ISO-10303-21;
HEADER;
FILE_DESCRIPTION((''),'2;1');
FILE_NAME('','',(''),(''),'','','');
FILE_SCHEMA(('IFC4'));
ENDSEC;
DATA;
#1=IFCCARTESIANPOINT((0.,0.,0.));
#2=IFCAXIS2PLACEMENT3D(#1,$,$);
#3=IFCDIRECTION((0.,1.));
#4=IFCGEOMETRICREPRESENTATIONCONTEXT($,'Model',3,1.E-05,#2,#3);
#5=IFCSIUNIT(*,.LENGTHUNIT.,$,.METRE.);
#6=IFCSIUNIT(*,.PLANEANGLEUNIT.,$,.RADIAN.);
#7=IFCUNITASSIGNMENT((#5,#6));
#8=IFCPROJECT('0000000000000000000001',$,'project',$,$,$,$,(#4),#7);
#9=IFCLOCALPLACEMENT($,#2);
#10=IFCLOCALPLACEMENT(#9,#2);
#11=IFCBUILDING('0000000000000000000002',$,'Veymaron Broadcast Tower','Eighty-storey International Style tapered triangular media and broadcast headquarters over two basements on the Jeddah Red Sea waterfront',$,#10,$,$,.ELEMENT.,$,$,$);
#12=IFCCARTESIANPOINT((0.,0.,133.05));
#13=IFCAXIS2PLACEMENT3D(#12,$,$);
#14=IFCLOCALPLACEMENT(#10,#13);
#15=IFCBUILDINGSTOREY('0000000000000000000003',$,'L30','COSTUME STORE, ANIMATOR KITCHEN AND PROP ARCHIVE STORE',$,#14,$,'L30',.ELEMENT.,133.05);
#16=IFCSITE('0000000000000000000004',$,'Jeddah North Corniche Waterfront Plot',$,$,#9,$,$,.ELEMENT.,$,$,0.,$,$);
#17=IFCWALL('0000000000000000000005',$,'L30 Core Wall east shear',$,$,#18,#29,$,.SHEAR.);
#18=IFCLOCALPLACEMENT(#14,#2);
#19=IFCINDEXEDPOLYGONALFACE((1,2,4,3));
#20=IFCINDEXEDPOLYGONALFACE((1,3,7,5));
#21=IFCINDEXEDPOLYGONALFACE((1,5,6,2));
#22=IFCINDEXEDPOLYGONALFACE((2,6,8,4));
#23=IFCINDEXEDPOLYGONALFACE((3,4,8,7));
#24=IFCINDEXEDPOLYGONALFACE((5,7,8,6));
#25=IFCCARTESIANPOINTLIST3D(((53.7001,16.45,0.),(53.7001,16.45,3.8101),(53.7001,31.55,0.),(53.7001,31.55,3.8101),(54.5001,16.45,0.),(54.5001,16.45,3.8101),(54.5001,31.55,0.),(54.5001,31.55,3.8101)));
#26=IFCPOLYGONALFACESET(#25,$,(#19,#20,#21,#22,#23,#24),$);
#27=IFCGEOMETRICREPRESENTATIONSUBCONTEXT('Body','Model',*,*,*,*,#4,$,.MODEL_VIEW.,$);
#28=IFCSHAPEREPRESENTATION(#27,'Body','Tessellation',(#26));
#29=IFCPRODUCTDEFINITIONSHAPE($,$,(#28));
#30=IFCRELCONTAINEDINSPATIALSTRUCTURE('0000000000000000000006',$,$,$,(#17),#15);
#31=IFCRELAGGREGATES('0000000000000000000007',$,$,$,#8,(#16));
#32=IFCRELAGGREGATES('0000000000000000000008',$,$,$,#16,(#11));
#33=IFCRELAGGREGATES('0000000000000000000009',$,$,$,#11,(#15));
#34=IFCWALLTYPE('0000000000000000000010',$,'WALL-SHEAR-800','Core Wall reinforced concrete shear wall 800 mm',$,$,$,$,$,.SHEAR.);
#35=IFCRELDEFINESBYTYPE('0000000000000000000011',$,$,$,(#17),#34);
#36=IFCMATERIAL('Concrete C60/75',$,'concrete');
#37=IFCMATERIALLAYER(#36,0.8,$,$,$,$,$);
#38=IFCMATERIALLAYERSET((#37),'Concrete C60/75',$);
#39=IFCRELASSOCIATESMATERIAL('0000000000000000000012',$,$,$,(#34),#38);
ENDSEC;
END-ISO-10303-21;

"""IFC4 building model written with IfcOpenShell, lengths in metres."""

from ifc_helpers import new_model, si_unit, direction, frame, frame_2d, origin, place, context, subcontext, project, spatial, rectangle, extrude, material, layer, layer_set, type_object, element, save


model = new_model("IFC4")

# Units and contexts
model_context = context("Model", 3, precision=1e-05, world=origin(), true_north=direction((0.0, 1.0)))
body_context = subcontext(model_context, "Body", "Model", "MODEL_VIEW")
ifc_project = project(units=[si_unit("LENGTHUNIT", "METRE"), si_unit("PLANEANGLEUNIT", "RADIAN")], contexts=[model_context])

# Site, building, storey
site_placement = place(None, origin())
site = spatial("IfcSite", under=ifc_project, at=site_placement, Name="Jeddah North Corniche Waterfront Plot", CompositionType="ELEMENT", RefElevation=0.0)
building_placement = place(site_placement, origin())
building = spatial("IfcBuilding", under=site, at=building_placement, Name="Veymaron Broadcast Tower", Description="Eighty-storey International Style tapered triangular media and broadcast headquarters over two basements on the Jeddah Red Sea waterfront", CompositionType="ELEMENT")
storey_placement = place(building_placement, frame((0.0, 0.0, 133.05)))
storey = spatial("IfcBuildingStorey", under=building, at=storey_placement, Name="L30", Description="COSTUME STORE, ANIMATOR KITCHEN AND PROP ARCHIVE STORE", LongName="L30", CompositionType="ELEMENT", Elevation=133.05)

# Wall
ifc_material_1 = material(Name="Concrete C60/75", Category="concrete")
ifc_layer_1 = layer(ifc_material_1, 0.8)
ifc_layer_set_1 = layer_set([ifc_layer_1], Name="Concrete C60/75")
wall_type_1 = type_object("IfcWallType", Name="WALL-SHEAR-800", Description="Core Wall reinforced concrete shear wall 800 mm", PredefinedType="SHEAR", material=ifc_layer_set_1)
wall_1_placement = place(storey_placement, frame((54.1001, 16.45, 0.0), z_axis=(0.0, 0.0, 1.0), x_axis=(0.0, 1.0, 0.0)))
element("IfcWall", 1, at=wall_1_placement, inside=storey, type_object=wall_type_1, Name="L30 Core Wall east shear", PredefinedType="SHEAR", context=body_context, shape_type="SweptSolid", body=[
    extrude(rectangle(XDim=15.1001, YDim=0.8, at=frame_2d((7.55, 0.0))), origin(), (0.0, 0.0, 1.0), 3.8101),
])

save(model, "model.ifc")
